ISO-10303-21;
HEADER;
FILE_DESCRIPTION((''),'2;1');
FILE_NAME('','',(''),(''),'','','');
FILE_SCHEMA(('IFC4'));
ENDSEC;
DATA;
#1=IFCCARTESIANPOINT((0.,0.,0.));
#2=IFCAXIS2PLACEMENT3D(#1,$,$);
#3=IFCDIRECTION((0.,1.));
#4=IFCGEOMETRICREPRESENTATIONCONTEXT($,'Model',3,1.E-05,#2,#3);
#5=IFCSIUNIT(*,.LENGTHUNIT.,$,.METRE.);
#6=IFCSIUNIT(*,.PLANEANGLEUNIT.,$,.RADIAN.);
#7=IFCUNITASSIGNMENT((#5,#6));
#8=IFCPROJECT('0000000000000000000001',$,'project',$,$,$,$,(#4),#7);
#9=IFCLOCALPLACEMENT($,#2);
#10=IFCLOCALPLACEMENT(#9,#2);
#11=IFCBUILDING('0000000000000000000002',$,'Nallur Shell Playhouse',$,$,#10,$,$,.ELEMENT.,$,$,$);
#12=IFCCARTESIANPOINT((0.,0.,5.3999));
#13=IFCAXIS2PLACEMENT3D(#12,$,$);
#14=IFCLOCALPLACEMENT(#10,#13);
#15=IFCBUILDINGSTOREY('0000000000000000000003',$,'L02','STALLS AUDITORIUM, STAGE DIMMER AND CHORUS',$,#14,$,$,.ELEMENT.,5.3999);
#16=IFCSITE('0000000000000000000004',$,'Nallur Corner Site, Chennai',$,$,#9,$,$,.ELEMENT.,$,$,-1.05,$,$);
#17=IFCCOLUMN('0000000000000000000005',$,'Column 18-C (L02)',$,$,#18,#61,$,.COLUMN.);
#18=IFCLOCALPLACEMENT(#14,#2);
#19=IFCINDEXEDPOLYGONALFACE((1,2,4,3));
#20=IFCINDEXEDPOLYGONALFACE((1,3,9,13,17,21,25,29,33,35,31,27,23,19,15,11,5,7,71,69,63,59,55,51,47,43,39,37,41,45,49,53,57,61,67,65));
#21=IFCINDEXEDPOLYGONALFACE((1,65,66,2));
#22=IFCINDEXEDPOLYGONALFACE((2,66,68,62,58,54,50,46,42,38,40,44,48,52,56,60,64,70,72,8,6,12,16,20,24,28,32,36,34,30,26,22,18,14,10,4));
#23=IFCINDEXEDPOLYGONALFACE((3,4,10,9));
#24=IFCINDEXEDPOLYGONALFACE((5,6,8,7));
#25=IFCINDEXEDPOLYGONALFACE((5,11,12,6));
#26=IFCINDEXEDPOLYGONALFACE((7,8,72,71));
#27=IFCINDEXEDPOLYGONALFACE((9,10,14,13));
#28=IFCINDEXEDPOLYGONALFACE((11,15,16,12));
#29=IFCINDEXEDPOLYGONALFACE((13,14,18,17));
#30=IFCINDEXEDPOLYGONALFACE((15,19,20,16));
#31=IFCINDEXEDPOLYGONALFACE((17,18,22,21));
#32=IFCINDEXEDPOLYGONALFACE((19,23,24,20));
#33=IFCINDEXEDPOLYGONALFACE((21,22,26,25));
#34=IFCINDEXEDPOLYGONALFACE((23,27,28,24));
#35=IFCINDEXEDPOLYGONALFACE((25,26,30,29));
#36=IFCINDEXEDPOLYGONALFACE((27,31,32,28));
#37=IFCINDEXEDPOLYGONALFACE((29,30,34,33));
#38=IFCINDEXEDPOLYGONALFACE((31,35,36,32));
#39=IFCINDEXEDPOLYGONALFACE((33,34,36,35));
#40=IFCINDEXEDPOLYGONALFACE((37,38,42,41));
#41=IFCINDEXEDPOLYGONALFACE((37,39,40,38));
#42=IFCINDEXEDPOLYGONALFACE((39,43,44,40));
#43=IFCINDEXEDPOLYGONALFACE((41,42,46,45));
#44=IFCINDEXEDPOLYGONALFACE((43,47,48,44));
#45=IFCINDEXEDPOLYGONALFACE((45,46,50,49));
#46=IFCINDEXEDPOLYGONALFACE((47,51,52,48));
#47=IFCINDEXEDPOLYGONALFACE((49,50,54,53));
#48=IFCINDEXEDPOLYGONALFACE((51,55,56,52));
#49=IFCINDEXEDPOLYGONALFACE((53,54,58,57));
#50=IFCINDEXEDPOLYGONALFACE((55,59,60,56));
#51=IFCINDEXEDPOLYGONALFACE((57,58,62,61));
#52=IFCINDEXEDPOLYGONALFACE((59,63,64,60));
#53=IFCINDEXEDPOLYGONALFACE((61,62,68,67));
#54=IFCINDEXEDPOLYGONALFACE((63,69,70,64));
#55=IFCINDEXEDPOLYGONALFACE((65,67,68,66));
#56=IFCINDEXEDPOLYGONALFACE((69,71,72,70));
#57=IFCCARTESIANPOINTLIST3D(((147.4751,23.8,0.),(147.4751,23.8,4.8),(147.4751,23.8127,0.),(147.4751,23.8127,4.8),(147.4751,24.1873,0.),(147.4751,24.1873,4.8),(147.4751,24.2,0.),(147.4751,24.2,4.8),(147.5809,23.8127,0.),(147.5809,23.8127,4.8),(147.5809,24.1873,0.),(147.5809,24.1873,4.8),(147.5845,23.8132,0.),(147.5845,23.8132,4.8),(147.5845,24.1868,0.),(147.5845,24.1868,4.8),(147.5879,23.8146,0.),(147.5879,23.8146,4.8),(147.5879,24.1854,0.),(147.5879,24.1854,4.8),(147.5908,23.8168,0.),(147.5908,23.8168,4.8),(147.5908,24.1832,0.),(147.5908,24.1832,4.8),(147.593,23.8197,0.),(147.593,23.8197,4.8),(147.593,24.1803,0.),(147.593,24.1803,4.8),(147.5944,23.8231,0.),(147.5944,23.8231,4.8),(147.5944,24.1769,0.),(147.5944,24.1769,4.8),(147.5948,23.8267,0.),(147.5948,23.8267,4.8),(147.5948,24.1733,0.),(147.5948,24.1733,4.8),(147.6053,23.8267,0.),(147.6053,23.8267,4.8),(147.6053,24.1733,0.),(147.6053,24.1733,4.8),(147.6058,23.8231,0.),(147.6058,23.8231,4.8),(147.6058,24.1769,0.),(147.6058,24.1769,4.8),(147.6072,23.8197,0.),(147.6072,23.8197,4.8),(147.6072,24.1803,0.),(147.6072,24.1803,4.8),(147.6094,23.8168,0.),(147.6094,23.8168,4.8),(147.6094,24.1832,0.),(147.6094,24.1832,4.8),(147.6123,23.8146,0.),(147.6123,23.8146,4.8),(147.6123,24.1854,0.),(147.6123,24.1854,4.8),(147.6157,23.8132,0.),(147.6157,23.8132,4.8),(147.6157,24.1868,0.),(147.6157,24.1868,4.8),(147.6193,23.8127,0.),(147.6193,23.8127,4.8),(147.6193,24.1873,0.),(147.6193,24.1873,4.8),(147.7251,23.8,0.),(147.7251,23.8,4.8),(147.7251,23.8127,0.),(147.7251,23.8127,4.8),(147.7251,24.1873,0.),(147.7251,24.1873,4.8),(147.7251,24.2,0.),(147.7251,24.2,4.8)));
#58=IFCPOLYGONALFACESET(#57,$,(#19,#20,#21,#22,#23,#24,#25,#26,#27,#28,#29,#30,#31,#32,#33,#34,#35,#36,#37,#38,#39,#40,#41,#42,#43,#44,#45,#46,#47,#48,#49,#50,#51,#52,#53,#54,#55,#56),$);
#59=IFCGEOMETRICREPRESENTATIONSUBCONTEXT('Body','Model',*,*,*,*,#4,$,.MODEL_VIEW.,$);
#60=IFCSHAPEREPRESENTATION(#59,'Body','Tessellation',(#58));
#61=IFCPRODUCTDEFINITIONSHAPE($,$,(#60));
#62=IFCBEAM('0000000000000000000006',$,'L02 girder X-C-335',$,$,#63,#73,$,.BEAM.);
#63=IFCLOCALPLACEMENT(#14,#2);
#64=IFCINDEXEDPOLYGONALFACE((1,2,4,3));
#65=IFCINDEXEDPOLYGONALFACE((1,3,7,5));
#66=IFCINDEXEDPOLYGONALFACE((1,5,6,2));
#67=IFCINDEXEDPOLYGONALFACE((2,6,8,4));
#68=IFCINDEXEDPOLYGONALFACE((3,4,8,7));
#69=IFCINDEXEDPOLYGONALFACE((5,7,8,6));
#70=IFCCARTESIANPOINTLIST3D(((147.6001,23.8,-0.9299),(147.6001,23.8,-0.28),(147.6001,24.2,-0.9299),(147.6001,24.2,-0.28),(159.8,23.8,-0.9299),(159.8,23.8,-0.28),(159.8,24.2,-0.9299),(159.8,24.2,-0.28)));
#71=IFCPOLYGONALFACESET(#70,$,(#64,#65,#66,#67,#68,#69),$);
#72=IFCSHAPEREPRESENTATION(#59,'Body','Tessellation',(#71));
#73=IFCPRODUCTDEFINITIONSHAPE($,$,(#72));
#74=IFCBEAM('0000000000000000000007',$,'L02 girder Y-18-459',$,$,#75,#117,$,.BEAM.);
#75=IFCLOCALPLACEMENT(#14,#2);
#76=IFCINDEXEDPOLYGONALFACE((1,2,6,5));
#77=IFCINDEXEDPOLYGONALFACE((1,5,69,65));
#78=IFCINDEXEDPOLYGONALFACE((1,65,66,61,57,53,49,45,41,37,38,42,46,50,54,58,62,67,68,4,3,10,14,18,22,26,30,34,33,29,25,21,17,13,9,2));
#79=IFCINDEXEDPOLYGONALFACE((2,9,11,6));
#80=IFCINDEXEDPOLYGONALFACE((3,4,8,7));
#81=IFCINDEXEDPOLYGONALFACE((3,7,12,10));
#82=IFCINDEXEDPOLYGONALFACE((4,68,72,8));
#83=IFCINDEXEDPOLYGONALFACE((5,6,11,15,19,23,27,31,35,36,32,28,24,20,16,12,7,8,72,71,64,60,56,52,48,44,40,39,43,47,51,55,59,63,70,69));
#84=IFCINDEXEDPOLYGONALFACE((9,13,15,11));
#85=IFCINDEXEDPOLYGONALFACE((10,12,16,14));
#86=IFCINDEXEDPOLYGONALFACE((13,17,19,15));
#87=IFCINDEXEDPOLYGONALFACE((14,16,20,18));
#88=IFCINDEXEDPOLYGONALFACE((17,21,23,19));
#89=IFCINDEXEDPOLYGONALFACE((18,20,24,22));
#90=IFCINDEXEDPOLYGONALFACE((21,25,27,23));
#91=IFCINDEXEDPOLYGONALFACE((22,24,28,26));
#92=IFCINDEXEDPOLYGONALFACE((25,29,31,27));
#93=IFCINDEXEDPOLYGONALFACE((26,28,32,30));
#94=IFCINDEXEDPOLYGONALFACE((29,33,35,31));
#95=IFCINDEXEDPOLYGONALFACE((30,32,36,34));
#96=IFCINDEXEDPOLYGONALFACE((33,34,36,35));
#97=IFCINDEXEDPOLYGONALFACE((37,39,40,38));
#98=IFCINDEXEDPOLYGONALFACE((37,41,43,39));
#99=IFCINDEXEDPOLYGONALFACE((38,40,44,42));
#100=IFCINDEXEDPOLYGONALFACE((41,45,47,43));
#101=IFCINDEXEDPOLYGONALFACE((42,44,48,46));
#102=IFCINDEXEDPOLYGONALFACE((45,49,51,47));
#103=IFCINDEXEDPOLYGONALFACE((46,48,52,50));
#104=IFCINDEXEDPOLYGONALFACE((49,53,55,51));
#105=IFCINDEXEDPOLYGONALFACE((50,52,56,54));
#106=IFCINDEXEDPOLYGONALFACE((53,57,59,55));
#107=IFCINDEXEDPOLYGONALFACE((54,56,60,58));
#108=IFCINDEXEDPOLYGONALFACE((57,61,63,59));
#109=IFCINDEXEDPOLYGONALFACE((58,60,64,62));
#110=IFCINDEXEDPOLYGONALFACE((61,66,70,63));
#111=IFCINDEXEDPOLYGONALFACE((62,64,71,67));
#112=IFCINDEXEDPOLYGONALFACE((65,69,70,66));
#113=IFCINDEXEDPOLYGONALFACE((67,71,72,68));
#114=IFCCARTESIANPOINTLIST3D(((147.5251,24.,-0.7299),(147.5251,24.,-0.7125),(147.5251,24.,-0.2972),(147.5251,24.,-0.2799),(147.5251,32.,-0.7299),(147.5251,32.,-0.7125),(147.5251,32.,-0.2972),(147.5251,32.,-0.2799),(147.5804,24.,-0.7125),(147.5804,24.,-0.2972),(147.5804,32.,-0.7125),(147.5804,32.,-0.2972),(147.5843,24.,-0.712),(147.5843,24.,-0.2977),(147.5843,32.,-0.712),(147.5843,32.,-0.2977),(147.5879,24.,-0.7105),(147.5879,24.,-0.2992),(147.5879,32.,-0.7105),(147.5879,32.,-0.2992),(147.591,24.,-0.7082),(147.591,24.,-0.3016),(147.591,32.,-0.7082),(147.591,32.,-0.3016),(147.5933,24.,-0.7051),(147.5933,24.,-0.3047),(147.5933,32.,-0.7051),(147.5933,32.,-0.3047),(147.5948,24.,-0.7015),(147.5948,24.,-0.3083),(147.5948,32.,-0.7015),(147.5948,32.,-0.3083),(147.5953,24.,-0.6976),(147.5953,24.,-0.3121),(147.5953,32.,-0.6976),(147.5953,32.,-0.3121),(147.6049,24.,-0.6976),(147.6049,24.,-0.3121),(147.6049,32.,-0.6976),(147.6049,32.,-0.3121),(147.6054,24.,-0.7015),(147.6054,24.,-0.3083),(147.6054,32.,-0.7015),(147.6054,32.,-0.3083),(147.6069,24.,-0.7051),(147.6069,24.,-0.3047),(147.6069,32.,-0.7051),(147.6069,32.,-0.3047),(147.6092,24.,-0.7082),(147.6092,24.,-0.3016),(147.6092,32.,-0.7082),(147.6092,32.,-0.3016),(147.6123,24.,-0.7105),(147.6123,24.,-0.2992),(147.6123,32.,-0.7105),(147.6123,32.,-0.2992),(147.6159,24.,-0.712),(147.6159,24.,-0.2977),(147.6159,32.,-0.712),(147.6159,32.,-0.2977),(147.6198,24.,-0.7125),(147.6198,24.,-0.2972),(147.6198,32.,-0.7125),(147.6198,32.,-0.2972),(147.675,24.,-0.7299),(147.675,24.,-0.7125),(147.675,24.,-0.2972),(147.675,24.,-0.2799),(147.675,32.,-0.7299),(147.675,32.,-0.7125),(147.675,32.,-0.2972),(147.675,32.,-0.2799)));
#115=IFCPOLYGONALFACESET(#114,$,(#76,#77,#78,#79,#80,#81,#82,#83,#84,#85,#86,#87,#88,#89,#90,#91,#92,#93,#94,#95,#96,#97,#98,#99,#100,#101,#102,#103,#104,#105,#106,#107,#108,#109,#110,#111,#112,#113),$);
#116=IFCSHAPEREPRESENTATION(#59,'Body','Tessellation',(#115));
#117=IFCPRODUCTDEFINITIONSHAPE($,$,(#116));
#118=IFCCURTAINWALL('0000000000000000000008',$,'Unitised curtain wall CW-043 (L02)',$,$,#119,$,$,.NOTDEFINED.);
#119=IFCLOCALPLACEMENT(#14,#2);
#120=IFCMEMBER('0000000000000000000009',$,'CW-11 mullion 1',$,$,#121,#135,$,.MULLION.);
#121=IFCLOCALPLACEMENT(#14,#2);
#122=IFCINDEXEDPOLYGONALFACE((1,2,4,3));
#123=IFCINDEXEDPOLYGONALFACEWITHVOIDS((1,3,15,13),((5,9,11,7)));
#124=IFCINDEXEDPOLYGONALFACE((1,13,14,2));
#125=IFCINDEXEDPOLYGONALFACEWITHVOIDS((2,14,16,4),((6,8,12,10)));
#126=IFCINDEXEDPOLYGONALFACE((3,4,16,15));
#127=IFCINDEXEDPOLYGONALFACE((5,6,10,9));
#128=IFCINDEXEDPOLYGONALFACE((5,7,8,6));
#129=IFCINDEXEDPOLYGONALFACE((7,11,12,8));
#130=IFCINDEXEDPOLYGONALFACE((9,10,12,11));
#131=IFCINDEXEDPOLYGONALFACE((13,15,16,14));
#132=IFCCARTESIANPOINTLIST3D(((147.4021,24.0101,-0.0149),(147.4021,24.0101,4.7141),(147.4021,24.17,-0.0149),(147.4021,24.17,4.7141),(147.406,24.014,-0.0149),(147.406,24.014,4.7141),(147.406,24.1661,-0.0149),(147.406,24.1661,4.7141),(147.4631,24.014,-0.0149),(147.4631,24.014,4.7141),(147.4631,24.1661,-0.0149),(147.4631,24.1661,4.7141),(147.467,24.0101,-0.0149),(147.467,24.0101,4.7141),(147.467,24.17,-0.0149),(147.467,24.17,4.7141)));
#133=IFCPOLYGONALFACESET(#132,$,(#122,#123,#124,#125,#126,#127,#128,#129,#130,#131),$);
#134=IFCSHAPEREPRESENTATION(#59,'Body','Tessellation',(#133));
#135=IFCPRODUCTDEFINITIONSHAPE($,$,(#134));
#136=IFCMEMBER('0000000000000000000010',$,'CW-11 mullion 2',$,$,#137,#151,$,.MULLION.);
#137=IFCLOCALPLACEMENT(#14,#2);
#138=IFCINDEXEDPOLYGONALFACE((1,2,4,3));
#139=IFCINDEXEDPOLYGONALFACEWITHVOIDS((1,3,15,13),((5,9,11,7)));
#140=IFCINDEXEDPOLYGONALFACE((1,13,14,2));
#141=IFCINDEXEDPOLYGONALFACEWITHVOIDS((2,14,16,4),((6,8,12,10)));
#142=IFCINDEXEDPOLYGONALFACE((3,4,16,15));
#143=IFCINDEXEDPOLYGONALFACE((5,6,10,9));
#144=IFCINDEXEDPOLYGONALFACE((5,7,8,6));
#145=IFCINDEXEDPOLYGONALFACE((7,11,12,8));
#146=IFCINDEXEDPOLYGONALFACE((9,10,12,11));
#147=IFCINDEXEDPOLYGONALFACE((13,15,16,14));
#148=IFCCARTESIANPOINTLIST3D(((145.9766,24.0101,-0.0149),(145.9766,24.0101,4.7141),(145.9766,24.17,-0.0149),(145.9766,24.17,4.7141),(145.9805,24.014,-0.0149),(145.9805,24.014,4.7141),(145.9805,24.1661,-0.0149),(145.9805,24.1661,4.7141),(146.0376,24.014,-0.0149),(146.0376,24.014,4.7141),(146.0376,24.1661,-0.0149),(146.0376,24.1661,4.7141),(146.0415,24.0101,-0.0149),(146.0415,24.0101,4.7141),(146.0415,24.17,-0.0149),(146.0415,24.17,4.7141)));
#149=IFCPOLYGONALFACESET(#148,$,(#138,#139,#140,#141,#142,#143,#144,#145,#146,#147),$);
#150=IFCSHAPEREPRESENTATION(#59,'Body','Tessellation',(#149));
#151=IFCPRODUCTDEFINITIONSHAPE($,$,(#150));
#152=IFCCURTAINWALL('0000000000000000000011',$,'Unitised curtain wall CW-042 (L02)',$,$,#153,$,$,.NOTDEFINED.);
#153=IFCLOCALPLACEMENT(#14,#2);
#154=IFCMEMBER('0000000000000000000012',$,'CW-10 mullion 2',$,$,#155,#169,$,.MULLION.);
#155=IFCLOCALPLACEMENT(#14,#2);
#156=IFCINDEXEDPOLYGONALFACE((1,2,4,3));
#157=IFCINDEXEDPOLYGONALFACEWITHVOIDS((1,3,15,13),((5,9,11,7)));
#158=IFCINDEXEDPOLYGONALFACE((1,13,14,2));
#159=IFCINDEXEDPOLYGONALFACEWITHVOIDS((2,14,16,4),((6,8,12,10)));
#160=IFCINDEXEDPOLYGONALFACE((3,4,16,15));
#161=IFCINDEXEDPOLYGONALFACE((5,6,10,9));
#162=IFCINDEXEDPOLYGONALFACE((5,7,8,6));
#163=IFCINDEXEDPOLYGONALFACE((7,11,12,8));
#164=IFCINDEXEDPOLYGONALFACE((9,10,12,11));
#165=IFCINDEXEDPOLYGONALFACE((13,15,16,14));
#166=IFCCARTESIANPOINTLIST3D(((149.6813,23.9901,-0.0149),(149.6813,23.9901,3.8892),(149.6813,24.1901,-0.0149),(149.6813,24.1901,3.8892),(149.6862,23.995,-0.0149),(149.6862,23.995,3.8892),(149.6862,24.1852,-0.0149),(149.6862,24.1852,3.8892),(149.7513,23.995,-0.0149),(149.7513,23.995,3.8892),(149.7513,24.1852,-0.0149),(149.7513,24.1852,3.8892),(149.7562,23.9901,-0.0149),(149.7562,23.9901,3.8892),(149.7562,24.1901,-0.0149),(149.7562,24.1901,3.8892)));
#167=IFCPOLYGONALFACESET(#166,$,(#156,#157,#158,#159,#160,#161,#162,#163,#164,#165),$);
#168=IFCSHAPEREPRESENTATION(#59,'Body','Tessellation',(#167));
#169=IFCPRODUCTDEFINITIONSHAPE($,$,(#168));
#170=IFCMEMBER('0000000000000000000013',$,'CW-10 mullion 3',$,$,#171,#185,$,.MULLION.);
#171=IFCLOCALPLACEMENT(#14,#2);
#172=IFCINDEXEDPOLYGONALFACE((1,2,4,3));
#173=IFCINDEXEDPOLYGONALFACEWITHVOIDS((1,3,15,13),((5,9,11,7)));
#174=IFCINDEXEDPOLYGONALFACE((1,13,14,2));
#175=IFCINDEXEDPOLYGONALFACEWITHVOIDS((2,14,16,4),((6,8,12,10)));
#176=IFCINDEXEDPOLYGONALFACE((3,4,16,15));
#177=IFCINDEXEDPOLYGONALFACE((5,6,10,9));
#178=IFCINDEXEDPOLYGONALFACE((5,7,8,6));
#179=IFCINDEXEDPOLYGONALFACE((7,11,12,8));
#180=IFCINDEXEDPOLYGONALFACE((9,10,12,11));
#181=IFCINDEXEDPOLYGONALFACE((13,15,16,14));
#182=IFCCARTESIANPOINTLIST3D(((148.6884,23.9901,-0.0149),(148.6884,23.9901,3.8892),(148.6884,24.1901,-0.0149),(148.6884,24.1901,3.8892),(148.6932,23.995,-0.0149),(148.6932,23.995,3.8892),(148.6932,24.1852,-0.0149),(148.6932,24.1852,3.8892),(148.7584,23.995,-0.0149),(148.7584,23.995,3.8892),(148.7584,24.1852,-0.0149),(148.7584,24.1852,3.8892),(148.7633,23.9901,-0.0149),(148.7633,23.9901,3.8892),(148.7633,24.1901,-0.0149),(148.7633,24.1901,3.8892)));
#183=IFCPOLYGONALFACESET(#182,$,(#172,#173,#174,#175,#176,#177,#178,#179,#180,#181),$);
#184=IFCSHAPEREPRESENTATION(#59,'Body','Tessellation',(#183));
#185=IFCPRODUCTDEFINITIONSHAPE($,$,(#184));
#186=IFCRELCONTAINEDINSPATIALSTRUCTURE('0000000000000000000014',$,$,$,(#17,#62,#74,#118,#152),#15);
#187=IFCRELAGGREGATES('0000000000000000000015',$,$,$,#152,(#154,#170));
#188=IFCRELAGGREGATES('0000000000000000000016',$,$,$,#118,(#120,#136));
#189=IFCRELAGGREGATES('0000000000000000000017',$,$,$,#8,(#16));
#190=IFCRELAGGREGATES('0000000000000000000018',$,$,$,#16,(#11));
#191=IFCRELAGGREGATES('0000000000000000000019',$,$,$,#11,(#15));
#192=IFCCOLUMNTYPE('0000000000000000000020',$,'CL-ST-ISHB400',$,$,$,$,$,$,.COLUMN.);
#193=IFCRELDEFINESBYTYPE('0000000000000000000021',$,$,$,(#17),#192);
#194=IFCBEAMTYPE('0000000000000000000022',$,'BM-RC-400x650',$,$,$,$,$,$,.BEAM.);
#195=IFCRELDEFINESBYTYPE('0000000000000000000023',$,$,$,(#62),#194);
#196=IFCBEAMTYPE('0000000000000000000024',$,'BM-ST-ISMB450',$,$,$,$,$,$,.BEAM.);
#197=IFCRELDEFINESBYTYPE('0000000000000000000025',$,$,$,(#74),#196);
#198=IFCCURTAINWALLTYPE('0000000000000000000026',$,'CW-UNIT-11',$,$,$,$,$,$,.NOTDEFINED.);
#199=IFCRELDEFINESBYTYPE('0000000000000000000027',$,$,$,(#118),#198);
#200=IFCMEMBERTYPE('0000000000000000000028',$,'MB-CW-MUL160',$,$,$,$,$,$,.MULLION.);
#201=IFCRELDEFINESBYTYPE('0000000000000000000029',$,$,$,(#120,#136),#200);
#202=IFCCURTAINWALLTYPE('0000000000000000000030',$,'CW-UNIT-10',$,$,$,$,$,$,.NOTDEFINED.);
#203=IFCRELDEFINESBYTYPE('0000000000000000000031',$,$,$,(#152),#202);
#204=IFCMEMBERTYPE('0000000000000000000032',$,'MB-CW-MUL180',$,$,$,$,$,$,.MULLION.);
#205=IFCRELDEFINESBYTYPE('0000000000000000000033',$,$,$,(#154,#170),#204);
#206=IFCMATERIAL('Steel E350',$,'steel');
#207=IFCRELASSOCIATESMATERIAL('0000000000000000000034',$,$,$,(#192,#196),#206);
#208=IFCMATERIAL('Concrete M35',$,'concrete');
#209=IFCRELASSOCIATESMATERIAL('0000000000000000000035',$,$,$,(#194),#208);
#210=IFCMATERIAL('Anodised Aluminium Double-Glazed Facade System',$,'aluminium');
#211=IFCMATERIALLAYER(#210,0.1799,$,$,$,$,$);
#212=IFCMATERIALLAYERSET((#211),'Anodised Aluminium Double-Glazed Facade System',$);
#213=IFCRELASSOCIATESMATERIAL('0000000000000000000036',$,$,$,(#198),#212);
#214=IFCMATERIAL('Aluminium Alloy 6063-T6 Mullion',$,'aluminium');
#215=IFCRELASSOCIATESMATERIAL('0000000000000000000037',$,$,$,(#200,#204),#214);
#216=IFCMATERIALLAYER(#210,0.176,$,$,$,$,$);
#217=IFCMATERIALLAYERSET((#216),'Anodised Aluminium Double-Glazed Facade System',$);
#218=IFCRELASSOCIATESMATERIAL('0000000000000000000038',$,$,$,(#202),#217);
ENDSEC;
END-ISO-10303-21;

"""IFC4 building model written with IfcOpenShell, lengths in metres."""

from ifc_helpers import new_model, si_unit, direction, frame, origin, origin_2d, place, context, subcontext, project, spatial, rectangle, hollow_rectangle, i_section, extrude, material, layer, layer_set, material_profile, profile_set, type_object, element, aggregate, save


model = new_model("IFC4")

# Units and contexts
model_context = context("Model", 3, precision=1e-05, world=origin(), true_north=direction((0.0, 1.0)))
body_context = subcontext(model_context, "Body", "Model", "MODEL_VIEW")
ifc_project = project(units=[si_unit("LENGTHUNIT", "METRE"), si_unit("PLANEANGLEUNIT", "RADIAN")], contexts=[model_context])

# Site, building, storey
site_placement = place(None, origin())
site = spatial("IfcSite", under=ifc_project, at=site_placement, Name="Nallur Corner Site, Chennai", CompositionType="ELEMENT", RefElevation=-1.05)
building_placement = place(site_placement, origin())
building = spatial("IfcBuilding", under=site, at=building_placement, Name="Nallur Shell Playhouse", CompositionType="ELEMENT")
storey_placement = place(building_placement, frame((0.0, 0.0, 5.3999)))
storey = spatial("IfcBuildingStorey", under=building, at=storey_placement, Name="L02", Description="STALLS AUDITORIUM, STAGE DIMMER AND CHORUS", CompositionType="ELEMENT", Elevation=5.3999)

# Column
ifc_material_1 = material(Name="Steel E350", Category="steel")
ifc_material_profile_1 = material_profile(ifc_material_1, i_section(OverallWidth=0.25, OverallDepth=0.3999, WebThickness=0.0105, FlangeThickness=0.0127, FilletRadius=0.0139, at=origin_2d()), Name="ISHB 400")
ifc_profile_set_1 = profile_set([ifc_material_profile_1], Name="Steel E350")
column_type = type_object("IfcColumnType", Name="CL-ST-ISHB400", PredefinedType="COLUMN", material=ifc_profile_set_1)
column_placement = place(storey_placement, frame((147.6001, 24.0, 0.0), z_axis=(0.0, 0.0, 1.0), x_axis=(1.0, 0.0, 0.0)))
element("IfcColumn", 1, at=column_placement, inside=storey, type_object=column_type, Name="Column 18-C (L02)", PredefinedType="COLUMN", context=body_context, shape_type="SweptSolid", body=[
    extrude(i_section(OverallWidth=0.25, OverallDepth=0.3999, WebThickness=0.0105, FlangeThickness=0.0127, FilletRadius=0.0139, at=origin_2d()), origin(), (0.0, 0.0, 1.0), 4.8),
])

# Beams
ifc_material_2 = material(Name="Concrete M35", Category="concrete")
ifc_material_profile_2 = material_profile(ifc_material_2, rectangle(XDim=0.3999, YDim=0.6499, at=origin_2d()), Name="RC 400x650")
ifc_profile_set_2 = profile_set([ifc_material_profile_2], Name="Concrete M35")
beam_type_1 = type_object("IfcBeamType", Name="BM-RC-400x650", PredefinedType="BEAM", material=ifc_profile_set_2)
beam_1_placement = place(storey_placement, frame((147.6001, 24.0, -0.605), z_axis=(1.0, 0.0, 0.0), x_axis=(0.0, 1.0, 0.0)))
element("IfcBeam", 2, at=beam_1_placement, inside=storey, type_object=beam_type_1, Name="L02 girder X-C-335", PredefinedType="BEAM", context=body_context, shape_type="SweptSolid", body=[
    extrude(rectangle(XDim=0.3999, YDim=0.6499, at=origin_2d()), origin(), (0.0, 0.0, 1.0), 12.2),
])
ifc_material_profile_3 = material_profile(ifc_material_1, i_section(OverallWidth=0.1499, OverallDepth=0.45, WebThickness=0.0095, FlangeThickness=0.0173, FilletRadius=0.0149, at=origin_2d()), Name="ISMB 450")
ifc_profile_set_3 = profile_set([ifc_material_profile_3], Name="Steel E350")
beam_type_2 = type_object("IfcBeamType", Name="BM-ST-ISMB450", PredefinedType="BEAM", material=ifc_profile_set_3)
beam_2_placement = place(storey_placement, frame((147.6001, 24.0, -0.5049), z_axis=(0.0, 1.0, 0.0), x_axis=(-1.0, 0.0, 0.0)))
element("IfcBeam", 3, at=beam_2_placement, inside=storey, type_object=beam_type_2, Name="L02 girder Y-18-459", PredefinedType="BEAM", context=body_context, shape_type="SweptSolid", body=[
    extrude(i_section(OverallWidth=0.1499, OverallDepth=0.45, WebThickness=0.0095, FlangeThickness=0.0173, FilletRadius=0.0149, at=origin_2d()), origin(), (0.0, 0.0, 1.0), 8.0),
])

# Curtain walls, members
ifc_material_3 = material(Name="Anodised Aluminium Double-Glazed Facade System", Category="aluminium")
ifc_layer_1 = layer(ifc_material_3, 0.1799)
ifc_layer_set_1 = layer_set([ifc_layer_1], Name="Anodised Aluminium Double-Glazed Facade System")
curtain_wall_type_1 = type_object("IfcCurtainWallType", Name="CW-UNIT-11", PredefinedType="NOTDEFINED", material=ifc_layer_set_1)
curtain_wall_1_placement = place(storey_placement, origin())
curtain_wall_1 = element("IfcCurtainWall", 4, at=curtain_wall_1_placement, inside=storey, type_object=curtain_wall_type_1, Name="Unitised curtain wall CW-043 (L02)", PredefinedType="NOTDEFINED")
ifc_material_4 = material(Name="Aluminium Alloy 6063-T6 Mullion", Category="aluminium")
ifc_material_profile_4 = material_profile(ifc_material_4, hollow_rectangle(XDim=0.0649, YDim=0.1599, WallThickness=0.0039, at=origin_2d()), Name="ALU 65x160x4")
ifc_profile_set_4 = profile_set([ifc_material_profile_4], Name="Aluminium Alloy 6063-T6 Mullion")
member_type_1 = type_object("IfcMemberType", Name="MB-CW-MUL160", PredefinedType="MULLION", material=ifc_profile_set_4)
member_1_placement = place(storey_placement, frame((147.4346, 24.0901, -0.0149), z_axis=(0.0, 0.0, 1.0), x_axis=(-1.0, 0.0, 0.0)))
member_1 = element("IfcMember", 5, at=member_1_placement, type_object=member_type_1, Name="CW-11 mullion 1", PredefinedType="MULLION", context=body_context, shape_type="SweptSolid", body=[
    extrude(hollow_rectangle(XDim=0.0649, YDim=0.1599, WallThickness=0.0039, at=origin_2d()), origin(), (0.0, 0.0, 1.0), 4.729),
])
member_2_placement = place(storey_placement, frame((146.009, 24.0901, -0.0149), z_axis=(0.0, 0.0, 1.0), x_axis=(-1.0, 0.0, 0.0)))
member_2 = element("IfcMember", 6, at=member_2_placement, type_object=member_type_1, Name="CW-11 mullion 2", PredefinedType="MULLION", context=body_context, shape_type="SweptSolid", body=[
    extrude(hollow_rectangle(XDim=0.0649, YDim=0.1599, WallThickness=0.0039, at=origin_2d()), origin(), (0.0, 0.0, 1.0), 4.729),
])
ifc_layer_2 = layer(ifc_material_3, 0.176)
ifc_layer_set_2 = layer_set([ifc_layer_2], Name="Anodised Aluminium Double-Glazed Facade System")
curtain_wall_type_2 = type_object("IfcCurtainWallType", Name="CW-UNIT-10", PredefinedType="NOTDEFINED", material=ifc_layer_set_2)
curtain_wall_2_placement = place(storey_placement, origin())
curtain_wall_2 = element("IfcCurtainWall", 7, at=curtain_wall_2_placement, inside=storey, type_object=curtain_wall_type_2, Name="Unitised curtain wall CW-042 (L02)", PredefinedType="NOTDEFINED")
ifc_material_profile_5 = material_profile(ifc_material_4, hollow_rectangle(XDim=0.075, YDim=0.2, WallThickness=0.0049, at=origin_2d()), Name="ALU 75x200x5")
ifc_profile_set_5 = profile_set([ifc_material_profile_5], Name="Aluminium Alloy 6063-T6 Mullion")
member_type_2 = type_object("IfcMemberType", Name="MB-CW-MUL180", PredefinedType="MULLION", material=ifc_profile_set_5)
member_3_placement = place(storey_placement, frame((149.7188, 24.0901, -0.0149), z_axis=(0.0, 0.0, 1.0), x_axis=(-1.0, 0.0, 0.0)))
member_3 = element("IfcMember", 8, at=member_3_placement, type_object=member_type_2, Name="CW-10 mullion 2", PredefinedType="MULLION", context=body_context, shape_type="SweptSolid", body=[
    extrude(hollow_rectangle(XDim=0.075, YDim=0.2, WallThickness=0.0049, at=origin_2d()), origin(), (0.0, 0.0, 1.0), 3.9041),
])
member_4_placement = place(storey_placement, frame((148.7258, 24.0901, -0.0149), z_axis=(0.0, 0.0, 1.0), x_axis=(-1.0, 0.0, 0.0)))
member_4 = element("IfcMember", 9, at=member_4_placement, type_object=member_type_2, Name="CW-10 mullion 3", PredefinedType="MULLION", context=body_context, shape_type="SweptSolid", body=[
    extrude(hollow_rectangle(XDim=0.075, YDim=0.2, WallThickness=0.0049, at=origin_2d()), origin(), (0.0, 0.0, 1.0), 3.9041),
])

aggregate(curtain_wall_2, [member_3, member_4])
aggregate(curtain_wall_1, [member_1, member_2])

save(model, "model.ifc")
